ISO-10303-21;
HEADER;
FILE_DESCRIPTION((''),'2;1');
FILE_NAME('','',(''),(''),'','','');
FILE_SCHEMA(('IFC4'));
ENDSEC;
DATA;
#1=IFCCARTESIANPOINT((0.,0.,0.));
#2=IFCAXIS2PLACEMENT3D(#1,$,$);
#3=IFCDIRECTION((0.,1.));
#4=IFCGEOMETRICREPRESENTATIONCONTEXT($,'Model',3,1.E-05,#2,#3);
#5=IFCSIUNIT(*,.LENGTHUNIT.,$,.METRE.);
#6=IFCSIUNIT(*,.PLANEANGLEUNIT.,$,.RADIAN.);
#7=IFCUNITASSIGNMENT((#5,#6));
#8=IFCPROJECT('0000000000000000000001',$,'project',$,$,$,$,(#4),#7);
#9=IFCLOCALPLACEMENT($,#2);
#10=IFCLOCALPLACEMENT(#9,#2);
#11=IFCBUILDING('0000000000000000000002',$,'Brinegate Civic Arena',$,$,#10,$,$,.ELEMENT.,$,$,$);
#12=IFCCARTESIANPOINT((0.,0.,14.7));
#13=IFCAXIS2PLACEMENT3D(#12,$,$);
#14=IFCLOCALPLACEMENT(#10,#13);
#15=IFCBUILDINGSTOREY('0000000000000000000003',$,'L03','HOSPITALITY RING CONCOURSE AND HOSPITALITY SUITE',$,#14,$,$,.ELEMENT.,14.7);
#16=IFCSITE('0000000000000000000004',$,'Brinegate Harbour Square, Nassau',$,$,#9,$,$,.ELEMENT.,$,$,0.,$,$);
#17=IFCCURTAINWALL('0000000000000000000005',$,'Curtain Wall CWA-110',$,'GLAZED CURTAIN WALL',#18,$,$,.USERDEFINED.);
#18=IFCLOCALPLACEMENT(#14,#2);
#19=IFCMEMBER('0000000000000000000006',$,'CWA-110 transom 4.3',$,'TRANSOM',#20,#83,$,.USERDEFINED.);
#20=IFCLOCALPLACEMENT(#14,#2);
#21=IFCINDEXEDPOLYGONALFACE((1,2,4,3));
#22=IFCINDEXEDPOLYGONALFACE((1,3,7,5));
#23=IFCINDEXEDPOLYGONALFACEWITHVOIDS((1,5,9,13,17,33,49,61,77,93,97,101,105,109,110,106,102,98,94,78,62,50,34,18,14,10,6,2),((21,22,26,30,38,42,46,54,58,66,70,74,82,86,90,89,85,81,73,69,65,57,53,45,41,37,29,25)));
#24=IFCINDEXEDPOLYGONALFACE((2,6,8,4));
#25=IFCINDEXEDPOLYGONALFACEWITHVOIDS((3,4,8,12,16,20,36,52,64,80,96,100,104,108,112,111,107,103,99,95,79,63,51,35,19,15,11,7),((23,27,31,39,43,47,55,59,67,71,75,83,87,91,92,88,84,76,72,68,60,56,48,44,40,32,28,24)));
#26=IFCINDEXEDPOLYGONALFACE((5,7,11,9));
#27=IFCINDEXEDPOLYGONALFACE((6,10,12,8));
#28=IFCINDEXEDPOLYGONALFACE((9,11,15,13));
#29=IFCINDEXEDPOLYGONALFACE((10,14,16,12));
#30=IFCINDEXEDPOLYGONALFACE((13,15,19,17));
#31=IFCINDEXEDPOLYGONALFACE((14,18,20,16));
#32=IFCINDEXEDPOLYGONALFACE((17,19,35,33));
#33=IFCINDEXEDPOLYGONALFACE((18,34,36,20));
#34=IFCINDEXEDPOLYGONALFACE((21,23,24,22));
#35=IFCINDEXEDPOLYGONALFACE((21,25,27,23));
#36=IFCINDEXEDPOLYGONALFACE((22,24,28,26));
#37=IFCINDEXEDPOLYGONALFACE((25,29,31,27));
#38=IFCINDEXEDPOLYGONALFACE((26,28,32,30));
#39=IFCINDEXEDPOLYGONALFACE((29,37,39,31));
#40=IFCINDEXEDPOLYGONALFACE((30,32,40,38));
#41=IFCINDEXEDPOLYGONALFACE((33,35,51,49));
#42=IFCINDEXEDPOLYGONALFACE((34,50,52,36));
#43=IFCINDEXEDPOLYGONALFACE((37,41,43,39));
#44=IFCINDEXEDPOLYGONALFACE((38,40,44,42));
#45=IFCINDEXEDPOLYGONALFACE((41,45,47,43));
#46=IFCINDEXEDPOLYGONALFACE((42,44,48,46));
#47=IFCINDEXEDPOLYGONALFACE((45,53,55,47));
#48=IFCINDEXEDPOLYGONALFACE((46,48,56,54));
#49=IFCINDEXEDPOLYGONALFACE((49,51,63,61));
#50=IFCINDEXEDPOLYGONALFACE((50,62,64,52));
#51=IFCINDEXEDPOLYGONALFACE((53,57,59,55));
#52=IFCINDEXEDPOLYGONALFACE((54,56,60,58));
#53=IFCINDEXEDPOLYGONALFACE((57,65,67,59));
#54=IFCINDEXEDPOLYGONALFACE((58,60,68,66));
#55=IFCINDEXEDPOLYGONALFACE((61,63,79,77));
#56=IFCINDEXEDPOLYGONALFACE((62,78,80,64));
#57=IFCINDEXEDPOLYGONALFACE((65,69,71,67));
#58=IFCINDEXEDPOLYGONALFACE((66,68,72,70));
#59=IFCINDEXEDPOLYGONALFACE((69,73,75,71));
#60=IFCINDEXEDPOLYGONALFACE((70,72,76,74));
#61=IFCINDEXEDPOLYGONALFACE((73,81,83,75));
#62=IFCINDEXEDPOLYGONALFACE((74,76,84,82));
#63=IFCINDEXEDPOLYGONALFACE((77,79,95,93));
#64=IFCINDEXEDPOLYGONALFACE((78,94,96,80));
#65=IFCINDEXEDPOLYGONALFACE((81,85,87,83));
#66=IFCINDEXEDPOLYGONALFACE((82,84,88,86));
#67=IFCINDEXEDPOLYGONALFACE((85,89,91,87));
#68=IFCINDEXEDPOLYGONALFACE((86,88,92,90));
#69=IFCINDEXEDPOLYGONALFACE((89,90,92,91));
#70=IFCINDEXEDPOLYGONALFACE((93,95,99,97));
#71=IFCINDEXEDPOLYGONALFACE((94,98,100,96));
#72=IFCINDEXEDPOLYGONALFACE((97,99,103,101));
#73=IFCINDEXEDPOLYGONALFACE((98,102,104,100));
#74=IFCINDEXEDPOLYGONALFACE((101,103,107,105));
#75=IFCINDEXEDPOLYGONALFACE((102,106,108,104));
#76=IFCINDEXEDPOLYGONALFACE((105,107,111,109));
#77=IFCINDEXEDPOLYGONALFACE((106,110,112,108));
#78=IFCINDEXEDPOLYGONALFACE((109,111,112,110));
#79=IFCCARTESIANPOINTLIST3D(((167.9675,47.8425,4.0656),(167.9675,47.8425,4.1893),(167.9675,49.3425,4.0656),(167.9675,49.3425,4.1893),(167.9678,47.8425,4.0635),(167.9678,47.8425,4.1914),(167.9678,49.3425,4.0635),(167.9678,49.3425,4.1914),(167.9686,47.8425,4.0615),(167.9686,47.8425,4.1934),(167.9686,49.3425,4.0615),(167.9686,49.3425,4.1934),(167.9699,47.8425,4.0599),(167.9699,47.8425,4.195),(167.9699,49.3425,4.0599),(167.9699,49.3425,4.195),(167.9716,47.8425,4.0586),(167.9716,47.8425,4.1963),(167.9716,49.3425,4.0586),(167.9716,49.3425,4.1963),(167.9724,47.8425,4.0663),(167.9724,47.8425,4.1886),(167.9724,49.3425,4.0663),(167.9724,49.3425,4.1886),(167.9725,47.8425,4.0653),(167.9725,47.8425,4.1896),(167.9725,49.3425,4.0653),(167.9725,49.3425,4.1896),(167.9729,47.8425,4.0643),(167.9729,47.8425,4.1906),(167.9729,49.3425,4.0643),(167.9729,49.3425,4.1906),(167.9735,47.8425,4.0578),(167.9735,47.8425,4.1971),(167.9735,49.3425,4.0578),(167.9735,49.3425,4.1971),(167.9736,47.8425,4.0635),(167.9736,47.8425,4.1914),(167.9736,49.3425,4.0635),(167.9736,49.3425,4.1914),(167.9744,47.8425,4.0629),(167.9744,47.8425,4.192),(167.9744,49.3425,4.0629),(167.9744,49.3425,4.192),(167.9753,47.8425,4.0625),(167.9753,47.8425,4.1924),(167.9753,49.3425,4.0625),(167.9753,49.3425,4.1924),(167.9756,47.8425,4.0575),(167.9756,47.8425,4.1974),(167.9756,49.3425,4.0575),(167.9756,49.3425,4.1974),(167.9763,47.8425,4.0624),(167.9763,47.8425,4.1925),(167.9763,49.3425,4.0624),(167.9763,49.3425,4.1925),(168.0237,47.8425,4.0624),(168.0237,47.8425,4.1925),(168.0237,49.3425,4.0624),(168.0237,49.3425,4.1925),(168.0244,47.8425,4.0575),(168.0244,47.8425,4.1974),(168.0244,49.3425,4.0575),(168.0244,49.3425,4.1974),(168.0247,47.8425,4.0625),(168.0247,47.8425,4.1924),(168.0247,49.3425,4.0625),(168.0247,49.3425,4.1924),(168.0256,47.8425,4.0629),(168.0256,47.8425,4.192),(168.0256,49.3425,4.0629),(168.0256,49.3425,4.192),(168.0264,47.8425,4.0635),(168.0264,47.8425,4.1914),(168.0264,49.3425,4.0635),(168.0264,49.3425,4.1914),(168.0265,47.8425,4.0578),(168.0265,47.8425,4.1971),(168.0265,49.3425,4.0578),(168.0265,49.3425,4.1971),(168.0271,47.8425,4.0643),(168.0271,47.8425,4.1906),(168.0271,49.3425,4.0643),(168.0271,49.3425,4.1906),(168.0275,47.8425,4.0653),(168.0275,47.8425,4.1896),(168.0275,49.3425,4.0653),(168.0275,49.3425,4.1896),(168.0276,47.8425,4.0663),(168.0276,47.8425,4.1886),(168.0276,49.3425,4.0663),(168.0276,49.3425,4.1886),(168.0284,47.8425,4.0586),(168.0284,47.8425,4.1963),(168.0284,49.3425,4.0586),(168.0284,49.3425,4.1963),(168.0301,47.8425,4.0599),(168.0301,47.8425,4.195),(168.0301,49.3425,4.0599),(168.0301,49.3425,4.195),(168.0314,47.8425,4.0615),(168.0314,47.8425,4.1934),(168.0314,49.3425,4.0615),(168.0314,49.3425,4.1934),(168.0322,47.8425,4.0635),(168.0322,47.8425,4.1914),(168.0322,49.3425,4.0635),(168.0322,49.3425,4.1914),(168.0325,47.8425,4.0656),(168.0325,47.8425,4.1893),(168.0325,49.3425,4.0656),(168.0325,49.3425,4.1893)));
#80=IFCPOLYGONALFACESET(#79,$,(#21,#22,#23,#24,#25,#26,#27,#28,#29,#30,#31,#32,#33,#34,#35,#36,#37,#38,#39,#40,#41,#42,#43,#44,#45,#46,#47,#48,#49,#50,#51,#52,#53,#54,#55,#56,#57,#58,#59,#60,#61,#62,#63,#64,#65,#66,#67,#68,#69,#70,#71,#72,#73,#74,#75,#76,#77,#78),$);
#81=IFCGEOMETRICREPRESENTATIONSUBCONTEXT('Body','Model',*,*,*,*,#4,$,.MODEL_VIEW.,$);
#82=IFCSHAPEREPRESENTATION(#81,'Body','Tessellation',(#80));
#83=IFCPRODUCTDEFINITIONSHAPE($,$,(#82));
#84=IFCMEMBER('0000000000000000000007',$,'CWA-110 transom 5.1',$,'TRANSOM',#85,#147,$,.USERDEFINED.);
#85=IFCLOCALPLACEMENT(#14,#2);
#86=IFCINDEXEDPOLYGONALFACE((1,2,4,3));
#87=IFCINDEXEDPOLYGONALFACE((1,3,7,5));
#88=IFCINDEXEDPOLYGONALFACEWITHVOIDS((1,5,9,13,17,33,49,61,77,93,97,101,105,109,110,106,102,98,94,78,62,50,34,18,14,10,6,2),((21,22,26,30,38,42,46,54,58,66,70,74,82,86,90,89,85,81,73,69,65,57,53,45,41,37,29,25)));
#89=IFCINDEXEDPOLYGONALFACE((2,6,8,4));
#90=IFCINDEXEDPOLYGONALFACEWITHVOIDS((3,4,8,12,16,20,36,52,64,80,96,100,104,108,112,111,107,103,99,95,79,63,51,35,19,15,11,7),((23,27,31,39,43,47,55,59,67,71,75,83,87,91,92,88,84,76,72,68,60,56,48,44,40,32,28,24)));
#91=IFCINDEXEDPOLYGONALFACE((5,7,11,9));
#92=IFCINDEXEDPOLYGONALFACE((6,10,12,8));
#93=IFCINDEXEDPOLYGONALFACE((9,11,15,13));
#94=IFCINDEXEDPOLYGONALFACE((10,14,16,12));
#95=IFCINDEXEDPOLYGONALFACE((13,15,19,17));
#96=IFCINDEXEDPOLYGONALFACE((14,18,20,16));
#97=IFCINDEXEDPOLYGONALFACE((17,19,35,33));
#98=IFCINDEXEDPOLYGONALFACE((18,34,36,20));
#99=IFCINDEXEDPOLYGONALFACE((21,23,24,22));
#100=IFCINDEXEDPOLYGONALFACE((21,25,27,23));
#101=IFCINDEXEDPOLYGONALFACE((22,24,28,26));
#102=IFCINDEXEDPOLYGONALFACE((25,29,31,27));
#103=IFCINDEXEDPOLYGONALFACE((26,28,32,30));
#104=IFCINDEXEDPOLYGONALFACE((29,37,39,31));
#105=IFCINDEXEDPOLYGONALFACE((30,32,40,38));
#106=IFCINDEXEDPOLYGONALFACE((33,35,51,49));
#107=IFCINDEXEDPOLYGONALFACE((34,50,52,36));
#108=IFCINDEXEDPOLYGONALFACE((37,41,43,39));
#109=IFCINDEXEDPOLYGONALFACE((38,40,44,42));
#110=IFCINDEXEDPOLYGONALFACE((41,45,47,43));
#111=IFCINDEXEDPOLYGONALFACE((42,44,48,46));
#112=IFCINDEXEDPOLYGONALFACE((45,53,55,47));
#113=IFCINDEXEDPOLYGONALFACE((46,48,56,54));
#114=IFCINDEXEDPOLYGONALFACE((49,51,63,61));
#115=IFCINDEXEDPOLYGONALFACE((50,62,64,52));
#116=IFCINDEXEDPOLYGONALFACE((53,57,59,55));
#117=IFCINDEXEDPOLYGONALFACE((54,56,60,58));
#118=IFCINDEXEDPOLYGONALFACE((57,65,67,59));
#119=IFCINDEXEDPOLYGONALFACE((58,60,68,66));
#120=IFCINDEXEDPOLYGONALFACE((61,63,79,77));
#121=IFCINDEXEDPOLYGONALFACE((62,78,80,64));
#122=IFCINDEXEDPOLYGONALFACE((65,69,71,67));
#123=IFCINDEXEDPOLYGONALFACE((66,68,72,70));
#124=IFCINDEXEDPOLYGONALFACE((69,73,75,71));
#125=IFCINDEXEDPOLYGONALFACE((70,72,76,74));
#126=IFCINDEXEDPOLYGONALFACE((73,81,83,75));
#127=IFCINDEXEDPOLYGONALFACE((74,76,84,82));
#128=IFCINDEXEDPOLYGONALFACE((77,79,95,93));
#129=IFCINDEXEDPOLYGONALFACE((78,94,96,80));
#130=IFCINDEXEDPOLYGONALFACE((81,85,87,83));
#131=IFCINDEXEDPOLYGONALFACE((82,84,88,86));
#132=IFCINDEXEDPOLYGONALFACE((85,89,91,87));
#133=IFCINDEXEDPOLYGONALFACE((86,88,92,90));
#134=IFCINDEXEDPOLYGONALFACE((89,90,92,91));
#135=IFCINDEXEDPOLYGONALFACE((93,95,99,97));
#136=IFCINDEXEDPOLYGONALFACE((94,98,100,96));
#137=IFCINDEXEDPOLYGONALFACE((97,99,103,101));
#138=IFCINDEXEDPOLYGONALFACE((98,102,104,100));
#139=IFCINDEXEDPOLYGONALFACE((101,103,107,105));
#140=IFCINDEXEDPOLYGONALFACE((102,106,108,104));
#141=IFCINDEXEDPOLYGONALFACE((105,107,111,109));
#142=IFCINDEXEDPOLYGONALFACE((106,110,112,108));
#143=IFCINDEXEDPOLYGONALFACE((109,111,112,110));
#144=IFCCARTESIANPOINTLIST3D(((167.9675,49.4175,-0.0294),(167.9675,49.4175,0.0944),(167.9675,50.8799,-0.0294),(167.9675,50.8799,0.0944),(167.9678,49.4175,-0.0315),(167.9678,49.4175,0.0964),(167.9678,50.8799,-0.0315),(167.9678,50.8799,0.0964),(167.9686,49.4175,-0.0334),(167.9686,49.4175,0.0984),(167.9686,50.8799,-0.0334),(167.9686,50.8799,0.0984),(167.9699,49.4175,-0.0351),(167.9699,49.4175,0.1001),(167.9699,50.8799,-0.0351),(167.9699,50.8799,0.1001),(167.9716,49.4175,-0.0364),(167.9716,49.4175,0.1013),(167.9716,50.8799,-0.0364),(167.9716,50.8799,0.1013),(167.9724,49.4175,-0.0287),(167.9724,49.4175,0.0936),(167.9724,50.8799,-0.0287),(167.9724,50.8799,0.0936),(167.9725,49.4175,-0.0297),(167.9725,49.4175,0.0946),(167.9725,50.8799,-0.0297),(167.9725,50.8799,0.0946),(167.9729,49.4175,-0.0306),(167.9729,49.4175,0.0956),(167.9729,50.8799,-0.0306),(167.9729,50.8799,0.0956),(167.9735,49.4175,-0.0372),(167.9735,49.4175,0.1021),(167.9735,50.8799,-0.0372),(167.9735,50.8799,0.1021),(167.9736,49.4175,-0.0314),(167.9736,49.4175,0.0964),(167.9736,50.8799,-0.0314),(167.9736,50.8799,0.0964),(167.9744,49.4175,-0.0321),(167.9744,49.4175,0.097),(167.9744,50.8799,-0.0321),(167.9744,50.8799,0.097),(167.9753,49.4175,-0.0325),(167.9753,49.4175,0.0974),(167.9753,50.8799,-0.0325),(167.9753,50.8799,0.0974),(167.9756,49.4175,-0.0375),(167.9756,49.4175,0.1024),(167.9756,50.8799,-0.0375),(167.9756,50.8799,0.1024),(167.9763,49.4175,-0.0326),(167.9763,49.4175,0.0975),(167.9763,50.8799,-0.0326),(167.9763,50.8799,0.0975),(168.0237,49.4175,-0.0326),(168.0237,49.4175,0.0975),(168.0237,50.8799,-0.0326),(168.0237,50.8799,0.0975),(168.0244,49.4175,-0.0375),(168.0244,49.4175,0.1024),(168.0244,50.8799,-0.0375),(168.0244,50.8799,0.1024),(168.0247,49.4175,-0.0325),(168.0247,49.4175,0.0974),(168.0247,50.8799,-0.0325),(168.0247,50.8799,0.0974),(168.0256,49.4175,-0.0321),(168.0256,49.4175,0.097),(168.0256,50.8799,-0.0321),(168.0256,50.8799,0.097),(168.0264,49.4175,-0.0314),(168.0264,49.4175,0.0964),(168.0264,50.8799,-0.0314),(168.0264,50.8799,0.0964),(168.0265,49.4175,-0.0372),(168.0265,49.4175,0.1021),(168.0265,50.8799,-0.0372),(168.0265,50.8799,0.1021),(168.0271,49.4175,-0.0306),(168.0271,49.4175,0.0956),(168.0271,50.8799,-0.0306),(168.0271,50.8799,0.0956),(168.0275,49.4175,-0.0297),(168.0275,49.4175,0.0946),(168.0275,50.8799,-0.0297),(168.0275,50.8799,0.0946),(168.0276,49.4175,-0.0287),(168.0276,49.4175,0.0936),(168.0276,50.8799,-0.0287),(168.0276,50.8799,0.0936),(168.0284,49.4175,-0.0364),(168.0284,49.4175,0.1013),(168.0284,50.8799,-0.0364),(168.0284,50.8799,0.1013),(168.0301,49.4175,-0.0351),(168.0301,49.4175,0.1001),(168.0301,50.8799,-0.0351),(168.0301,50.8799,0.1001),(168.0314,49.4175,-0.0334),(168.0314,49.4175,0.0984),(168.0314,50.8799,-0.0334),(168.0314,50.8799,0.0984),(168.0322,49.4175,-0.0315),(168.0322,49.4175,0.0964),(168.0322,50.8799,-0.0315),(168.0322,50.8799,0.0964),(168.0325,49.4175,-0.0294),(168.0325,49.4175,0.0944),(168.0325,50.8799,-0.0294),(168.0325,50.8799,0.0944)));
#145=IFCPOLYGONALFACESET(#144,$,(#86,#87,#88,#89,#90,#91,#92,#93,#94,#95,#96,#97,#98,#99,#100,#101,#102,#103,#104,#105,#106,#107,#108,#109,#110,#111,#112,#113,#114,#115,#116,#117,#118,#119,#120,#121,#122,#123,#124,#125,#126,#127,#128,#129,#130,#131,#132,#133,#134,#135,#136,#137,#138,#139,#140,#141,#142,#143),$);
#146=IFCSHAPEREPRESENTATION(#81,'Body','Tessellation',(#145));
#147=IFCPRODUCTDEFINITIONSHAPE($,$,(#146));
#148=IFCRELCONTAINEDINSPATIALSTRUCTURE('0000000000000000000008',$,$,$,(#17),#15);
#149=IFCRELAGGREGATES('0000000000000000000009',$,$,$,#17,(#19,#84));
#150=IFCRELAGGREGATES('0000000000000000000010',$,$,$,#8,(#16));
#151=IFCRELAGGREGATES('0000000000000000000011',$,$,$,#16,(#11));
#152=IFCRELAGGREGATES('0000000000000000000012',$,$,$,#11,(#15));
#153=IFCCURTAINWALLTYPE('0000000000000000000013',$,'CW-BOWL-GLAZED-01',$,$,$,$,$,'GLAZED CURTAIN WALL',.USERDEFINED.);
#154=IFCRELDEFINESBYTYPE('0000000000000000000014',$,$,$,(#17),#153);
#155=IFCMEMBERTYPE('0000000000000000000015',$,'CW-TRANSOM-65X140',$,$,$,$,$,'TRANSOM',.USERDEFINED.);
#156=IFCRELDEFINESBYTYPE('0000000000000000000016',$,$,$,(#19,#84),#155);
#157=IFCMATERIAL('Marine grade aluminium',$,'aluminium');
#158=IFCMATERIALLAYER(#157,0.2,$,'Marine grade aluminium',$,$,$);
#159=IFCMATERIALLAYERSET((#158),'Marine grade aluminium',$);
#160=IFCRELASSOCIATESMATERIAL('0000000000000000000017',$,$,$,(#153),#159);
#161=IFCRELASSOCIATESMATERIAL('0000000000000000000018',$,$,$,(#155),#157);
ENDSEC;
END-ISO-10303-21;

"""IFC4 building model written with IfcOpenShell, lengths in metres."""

from ifc_helpers import new_model, si_unit, direction, frame, origin, origin_2d, place, context, subcontext, project, spatial, hollow_rectangle, extrude, material, layer, layer_set, material_profile, profile_set, type_object, element, aggregate, save


model = new_model("IFC4")

# Units and contexts
model_context = context("Model", 3, precision=1e-05, world=origin(), true_north=direction((0.0, 1.0)))
body_context = subcontext(model_context, "Body", "Model", "MODEL_VIEW")
ifc_project = project(units=[si_unit("LENGTHUNIT", "METRE"), si_unit("PLANEANGLEUNIT", "RADIAN")], contexts=[model_context])

# Site, building, storey
site_placement = place(None, origin())
site = spatial("IfcSite", under=ifc_project, at=site_placement, Name="Brinegate Harbour Square, Nassau", CompositionType="ELEMENT", RefElevation=0.0)
building_placement = place(site_placement, origin())
building = spatial("IfcBuilding", under=site, at=building_placement, Name="Brinegate Civic Arena", CompositionType="ELEMENT")
storey_placement = place(building_placement, frame((0.0, 0.0, 14.7)))
storey = spatial("IfcBuildingStorey", under=building, at=storey_placement, Name="L03", Description="HOSPITALITY RING CONCOURSE AND HOSPITALITY SUITE", CompositionType="ELEMENT", Elevation=14.7)

# Curtain wall, members
ifc_material_1 = material(Name="Marine grade aluminium", Category="aluminium")
ifc_layer_1 = layer(ifc_material_1, 0.2, Name="Marine grade aluminium")
ifc_layer_set_1 = layer_set([ifc_layer_1], Name="Marine grade aluminium")
curtain_wall_type = type_object("IfcCurtainWallType", Name="CW-BOWL-GLAZED-01", ElementType="GLAZED CURTAIN WALL", PredefinedType="USERDEFINED", material=ifc_layer_set_1)
curtain_wall_placement = place(storey_placement, origin())
curtain_wall = element("IfcCurtainWall", 1, at=curtain_wall_placement, inside=storey, type_object=curtain_wall_type, Name="Curtain Wall CWA-110", ObjectType="GLAZED CURTAIN WALL", PredefinedType="USERDEFINED")
ifc_material_profile_1 = material_profile(ifc_material_1, hollow_rectangle(XDim=0.0649, YDim=0.1399, WallThickness=0.0049, InnerFilletRadius=0.0039, OuterFilletRadius=0.0081, at=origin_2d()), Name="TRN65X140")
ifc_profile_set_1 = profile_set([ifc_material_profile_1], Name="Marine grade aluminium")
member_type_1 = type_object("IfcMemberType", Name="CW-TRANSOM-65X140", ElementType="TRANSOM", PredefinedType="USERDEFINED", material=ifc_profile_set_1)
member_1_placement = place(storey_placement, frame((168.0, 47.8425, 4.1274), z_axis=(0.0, 1.0, 0.0), x_axis=(-1.0, 0.0, 0.0)))
member_1 = element("IfcMember", 2, at=member_1_placement, type_object=member_type_1, Name="CWA-110 transom 4.3", ObjectType="TRANSOM", PredefinedType="USERDEFINED", context=body_context, shape_type="SweptSolid", body=[
    extrude(hollow_rectangle(XDim=0.0649, YDim=0.1399, WallThickness=0.0049, InnerFilletRadius=0.0039, OuterFilletRadius=0.0081, at=origin_2d()), origin(), (0.0, 0.0, 1.0), 1.5),
])
member_2_placement = place(storey_placement, frame((168.0, 49.4175, 0.0325), z_axis=(0.0, 1.0, 0.0), x_axis=(-1.0, 0.0, 0.0)))
member_2 = element("IfcMember", 3, at=member_2_placement, type_object=member_type_1, Name="CWA-110 transom 5.1", ObjectType="TRANSOM", PredefinedType="USERDEFINED", context=body_context, shape_type="SweptSolid", body=[
    extrude(hollow_rectangle(XDim=0.0649, YDim=0.1399, WallThickness=0.0049, InnerFilletRadius=0.0039, OuterFilletRadius=0.0081, at=origin_2d()), origin(), (0.0, 0.0, 1.0), 1.4624),
])
aggregate(curtain_wall, [member_1, member_2])

save(model, "model.ifc")
